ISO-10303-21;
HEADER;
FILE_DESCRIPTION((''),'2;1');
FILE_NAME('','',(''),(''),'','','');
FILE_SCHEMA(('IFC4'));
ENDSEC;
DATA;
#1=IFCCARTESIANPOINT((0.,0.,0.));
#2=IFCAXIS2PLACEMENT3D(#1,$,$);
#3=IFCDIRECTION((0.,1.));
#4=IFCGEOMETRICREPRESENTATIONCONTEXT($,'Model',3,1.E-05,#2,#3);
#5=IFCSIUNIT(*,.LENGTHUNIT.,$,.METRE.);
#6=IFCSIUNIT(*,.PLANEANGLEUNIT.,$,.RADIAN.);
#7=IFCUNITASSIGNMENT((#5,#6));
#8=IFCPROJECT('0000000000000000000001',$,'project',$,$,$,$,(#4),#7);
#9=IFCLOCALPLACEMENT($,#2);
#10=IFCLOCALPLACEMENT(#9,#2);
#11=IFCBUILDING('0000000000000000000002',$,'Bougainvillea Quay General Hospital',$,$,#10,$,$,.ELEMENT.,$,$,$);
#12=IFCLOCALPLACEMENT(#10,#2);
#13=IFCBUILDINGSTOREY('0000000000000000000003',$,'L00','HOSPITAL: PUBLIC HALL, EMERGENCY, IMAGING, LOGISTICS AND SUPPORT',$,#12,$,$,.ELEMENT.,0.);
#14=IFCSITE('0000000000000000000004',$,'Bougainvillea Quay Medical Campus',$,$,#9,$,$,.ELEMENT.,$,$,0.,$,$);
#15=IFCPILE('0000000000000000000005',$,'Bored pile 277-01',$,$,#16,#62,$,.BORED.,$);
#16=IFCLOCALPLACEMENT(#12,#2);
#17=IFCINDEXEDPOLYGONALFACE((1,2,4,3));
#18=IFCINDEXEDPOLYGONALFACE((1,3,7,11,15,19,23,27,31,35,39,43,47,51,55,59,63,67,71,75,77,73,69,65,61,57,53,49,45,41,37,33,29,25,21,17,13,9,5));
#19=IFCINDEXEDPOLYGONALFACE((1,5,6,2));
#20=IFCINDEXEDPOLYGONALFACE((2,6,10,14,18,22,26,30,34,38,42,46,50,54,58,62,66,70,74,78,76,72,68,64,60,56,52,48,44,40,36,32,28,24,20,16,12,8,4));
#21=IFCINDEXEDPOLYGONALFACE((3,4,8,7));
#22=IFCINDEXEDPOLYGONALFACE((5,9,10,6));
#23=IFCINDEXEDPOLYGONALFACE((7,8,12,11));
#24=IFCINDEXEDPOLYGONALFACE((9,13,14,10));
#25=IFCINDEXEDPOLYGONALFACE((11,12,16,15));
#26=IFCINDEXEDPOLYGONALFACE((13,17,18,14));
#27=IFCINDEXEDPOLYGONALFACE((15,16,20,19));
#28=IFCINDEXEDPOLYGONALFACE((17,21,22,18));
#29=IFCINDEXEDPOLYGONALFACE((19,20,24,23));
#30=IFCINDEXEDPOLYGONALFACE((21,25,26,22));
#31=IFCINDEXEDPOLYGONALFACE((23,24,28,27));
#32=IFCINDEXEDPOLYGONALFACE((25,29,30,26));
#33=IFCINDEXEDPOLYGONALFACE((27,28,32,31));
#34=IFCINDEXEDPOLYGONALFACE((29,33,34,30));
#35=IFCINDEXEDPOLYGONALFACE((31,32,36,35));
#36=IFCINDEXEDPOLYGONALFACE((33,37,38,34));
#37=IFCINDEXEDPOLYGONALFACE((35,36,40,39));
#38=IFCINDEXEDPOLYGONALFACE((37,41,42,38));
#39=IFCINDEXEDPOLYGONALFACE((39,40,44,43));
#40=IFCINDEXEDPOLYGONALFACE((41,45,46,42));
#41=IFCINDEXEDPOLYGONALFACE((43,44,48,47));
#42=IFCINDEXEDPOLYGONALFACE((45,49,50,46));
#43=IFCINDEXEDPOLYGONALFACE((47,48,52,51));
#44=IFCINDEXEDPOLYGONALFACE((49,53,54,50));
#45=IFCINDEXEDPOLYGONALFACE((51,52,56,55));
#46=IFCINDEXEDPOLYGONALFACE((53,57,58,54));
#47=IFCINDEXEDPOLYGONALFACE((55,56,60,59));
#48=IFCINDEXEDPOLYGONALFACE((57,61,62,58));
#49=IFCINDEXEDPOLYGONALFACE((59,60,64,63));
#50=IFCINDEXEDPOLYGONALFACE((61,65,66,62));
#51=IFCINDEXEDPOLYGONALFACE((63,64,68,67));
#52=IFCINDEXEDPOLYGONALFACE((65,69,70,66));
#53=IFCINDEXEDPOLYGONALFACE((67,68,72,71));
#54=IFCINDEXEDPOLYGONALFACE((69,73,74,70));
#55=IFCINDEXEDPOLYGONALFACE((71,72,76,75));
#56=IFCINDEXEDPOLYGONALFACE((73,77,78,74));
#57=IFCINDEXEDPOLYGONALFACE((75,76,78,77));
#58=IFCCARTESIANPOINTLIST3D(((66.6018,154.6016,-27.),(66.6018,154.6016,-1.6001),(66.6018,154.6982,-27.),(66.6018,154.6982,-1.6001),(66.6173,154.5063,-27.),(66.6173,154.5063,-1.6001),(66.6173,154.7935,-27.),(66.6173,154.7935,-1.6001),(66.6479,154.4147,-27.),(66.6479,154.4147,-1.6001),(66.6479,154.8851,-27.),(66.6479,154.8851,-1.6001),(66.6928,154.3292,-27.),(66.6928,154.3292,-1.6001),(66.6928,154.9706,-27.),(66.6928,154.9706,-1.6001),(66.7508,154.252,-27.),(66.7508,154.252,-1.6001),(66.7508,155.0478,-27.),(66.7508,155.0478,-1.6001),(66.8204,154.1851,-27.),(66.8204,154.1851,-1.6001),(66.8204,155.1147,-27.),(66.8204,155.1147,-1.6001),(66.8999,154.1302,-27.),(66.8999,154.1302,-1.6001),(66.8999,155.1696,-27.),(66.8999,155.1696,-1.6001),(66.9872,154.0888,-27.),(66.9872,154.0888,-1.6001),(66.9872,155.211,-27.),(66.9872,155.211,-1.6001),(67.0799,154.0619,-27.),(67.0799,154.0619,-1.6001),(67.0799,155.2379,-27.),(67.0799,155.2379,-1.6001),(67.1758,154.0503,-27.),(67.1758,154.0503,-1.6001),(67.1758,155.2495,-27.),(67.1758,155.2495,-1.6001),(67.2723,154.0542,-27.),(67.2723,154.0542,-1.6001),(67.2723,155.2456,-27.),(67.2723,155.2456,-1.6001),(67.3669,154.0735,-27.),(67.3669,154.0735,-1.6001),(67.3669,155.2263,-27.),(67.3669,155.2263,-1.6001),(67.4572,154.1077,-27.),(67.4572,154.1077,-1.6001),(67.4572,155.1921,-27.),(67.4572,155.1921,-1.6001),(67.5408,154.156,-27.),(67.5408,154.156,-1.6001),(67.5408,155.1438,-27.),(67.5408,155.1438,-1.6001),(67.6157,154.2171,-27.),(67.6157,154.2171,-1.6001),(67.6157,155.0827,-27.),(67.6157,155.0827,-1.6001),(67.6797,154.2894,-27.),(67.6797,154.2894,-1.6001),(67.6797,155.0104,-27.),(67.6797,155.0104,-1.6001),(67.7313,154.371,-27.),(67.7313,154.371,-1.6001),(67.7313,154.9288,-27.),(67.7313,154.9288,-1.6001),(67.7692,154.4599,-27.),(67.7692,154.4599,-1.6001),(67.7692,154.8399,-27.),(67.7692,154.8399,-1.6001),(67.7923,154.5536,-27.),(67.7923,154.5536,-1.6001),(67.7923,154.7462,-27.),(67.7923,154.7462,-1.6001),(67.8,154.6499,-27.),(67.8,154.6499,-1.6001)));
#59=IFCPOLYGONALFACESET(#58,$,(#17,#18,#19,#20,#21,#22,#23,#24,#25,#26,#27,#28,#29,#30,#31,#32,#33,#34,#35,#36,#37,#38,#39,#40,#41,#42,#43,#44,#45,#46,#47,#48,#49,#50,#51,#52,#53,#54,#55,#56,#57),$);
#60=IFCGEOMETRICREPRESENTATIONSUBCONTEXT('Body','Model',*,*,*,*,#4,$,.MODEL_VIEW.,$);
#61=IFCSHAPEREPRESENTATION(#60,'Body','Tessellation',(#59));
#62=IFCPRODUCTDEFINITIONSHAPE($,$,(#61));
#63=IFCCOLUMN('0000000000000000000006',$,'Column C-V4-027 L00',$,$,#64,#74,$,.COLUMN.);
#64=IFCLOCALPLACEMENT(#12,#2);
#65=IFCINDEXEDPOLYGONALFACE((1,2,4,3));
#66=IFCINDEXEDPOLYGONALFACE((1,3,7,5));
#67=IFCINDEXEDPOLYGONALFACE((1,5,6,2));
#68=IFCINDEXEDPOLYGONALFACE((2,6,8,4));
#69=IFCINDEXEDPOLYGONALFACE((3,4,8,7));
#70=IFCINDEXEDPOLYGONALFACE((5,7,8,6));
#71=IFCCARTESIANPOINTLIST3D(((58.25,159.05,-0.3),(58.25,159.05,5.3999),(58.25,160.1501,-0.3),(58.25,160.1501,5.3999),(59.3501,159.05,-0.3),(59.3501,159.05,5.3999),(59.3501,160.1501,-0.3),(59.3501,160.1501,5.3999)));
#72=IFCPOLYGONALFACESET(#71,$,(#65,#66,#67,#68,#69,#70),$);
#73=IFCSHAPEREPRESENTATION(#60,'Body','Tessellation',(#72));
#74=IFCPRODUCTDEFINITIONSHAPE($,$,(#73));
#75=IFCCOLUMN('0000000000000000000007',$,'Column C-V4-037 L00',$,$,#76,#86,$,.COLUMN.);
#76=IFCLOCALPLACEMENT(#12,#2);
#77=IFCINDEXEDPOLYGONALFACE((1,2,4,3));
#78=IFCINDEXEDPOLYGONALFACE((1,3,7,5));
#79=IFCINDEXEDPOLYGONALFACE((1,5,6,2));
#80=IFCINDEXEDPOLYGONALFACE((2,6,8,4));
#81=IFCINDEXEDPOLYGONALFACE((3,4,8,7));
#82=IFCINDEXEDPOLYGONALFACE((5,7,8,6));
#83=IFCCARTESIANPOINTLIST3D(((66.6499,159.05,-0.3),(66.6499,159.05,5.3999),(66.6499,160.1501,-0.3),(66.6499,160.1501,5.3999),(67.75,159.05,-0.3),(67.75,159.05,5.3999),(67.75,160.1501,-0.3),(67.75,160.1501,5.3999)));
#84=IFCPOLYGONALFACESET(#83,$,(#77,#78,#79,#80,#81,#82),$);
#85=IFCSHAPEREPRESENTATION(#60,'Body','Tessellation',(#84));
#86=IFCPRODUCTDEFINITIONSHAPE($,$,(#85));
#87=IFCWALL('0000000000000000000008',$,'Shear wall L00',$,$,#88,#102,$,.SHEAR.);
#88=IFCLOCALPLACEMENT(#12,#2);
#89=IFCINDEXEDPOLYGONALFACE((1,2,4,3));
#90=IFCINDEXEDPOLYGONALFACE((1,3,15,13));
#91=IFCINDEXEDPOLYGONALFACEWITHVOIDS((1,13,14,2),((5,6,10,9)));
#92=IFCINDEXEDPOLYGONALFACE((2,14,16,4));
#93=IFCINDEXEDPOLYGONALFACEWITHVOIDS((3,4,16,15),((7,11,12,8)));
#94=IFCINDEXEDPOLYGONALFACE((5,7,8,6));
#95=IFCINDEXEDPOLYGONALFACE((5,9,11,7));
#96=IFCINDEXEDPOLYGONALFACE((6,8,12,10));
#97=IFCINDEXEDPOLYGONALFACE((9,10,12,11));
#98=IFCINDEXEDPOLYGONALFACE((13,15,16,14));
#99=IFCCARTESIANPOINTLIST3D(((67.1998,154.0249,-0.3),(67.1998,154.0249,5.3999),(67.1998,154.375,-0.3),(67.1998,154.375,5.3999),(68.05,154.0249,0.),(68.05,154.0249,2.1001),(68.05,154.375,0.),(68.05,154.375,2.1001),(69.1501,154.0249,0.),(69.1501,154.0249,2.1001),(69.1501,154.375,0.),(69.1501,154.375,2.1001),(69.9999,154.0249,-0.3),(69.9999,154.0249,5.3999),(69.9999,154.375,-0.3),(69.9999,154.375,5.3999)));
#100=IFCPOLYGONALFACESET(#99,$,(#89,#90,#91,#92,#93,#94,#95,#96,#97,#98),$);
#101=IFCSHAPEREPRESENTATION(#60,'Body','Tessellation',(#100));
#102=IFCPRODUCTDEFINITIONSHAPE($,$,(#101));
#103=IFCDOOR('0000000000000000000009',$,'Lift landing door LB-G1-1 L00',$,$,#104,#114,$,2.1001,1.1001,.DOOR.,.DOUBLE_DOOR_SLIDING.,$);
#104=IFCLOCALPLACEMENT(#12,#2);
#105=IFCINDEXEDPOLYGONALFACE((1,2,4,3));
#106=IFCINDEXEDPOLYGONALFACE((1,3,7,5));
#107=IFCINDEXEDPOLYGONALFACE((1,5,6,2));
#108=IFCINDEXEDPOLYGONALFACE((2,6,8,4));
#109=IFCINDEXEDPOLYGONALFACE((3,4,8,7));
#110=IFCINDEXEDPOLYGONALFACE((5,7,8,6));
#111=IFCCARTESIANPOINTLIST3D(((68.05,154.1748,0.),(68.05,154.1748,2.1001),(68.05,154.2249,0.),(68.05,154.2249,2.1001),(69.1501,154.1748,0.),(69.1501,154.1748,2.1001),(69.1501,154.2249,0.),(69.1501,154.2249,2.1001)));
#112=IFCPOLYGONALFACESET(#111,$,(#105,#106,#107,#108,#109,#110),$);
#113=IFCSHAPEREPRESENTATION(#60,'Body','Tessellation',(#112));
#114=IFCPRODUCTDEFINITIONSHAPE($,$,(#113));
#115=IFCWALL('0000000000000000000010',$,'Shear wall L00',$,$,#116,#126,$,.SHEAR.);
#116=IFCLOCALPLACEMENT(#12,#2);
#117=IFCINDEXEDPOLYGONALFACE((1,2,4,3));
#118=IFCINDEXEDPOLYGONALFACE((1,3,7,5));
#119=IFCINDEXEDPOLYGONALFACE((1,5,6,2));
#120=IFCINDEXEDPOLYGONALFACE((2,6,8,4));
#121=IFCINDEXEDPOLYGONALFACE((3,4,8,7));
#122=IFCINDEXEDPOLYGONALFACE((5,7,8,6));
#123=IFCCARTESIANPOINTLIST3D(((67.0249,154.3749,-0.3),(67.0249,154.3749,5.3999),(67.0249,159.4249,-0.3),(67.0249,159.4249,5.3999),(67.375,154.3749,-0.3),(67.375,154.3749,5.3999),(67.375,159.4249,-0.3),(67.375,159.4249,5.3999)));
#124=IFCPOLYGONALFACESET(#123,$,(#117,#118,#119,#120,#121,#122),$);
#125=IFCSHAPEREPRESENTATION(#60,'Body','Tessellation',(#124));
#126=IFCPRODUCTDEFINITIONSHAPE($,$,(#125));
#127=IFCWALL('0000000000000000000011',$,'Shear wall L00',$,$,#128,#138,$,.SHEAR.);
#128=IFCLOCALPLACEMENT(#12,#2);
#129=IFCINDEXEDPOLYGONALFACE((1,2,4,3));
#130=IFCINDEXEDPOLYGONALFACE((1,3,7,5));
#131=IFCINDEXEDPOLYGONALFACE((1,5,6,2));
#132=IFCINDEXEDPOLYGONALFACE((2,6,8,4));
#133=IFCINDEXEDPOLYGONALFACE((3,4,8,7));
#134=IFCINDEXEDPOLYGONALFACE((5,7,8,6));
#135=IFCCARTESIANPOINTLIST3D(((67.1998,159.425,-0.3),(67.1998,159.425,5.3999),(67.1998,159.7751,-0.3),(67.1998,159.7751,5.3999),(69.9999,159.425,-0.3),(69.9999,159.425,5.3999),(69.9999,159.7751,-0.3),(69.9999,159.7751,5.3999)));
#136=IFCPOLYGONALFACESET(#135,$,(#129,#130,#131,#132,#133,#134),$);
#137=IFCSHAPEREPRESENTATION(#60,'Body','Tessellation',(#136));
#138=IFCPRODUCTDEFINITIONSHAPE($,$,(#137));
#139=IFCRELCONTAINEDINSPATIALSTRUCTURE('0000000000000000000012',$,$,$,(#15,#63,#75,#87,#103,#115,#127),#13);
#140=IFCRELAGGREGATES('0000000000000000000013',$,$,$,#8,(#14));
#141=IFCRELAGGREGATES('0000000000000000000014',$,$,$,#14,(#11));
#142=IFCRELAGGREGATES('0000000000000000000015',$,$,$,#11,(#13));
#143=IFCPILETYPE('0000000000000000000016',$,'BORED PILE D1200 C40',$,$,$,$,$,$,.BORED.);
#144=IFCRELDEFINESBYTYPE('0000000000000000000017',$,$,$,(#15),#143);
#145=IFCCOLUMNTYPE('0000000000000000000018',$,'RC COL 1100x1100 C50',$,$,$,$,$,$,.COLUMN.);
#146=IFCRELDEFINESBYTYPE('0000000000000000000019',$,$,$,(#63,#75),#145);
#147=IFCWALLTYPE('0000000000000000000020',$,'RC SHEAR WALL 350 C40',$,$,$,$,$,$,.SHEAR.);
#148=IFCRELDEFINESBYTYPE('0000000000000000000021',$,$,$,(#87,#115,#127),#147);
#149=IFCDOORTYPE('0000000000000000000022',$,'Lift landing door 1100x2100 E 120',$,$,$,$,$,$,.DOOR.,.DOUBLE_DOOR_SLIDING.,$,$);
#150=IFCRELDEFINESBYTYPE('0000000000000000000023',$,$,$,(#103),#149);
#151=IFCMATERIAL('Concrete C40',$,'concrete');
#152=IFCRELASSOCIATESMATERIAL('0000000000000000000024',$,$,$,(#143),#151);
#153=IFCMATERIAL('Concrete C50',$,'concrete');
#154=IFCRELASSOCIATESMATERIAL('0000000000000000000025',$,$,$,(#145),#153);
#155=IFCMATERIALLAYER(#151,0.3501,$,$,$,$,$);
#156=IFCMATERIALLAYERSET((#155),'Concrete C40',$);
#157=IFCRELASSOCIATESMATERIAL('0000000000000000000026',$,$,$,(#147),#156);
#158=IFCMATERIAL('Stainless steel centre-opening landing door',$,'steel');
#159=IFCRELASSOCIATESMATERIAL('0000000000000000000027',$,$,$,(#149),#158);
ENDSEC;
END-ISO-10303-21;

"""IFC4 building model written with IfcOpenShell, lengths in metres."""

from ifc_helpers import new_model, si_unit, direction, frame, frame_2d, origin, origin_2d, place, context, subcontext, project, spatial, rectangle, circle, extrude, material, layer, layer_set, material_profile, profile_set, type_object, element, fill, save


model = new_model("IFC4")

# Units and contexts
model_context = context("Model", 3, precision=1e-05, world=origin(), true_north=direction((0.0, 1.0)))
body_context = subcontext(model_context, "Body", "Model", "MODEL_VIEW")
ifc_project = project(units=[si_unit("LENGTHUNIT", "METRE"), si_unit("PLANEANGLEUNIT", "RADIAN")], contexts=[model_context])

# Site, building, storey
site_placement = place(None, origin())
site = spatial("IfcSite", under=ifc_project, at=site_placement, Name="Bougainvillea Quay Medical Campus", CompositionType="ELEMENT", RefElevation=0.0)
building_placement = place(site_placement, origin())
building = spatial("IfcBuilding", under=site, at=building_placement, Name="Bougainvillea Quay General Hospital", CompositionType="ELEMENT")
storey_placement = place(building_placement, origin())
storey = spatial("IfcBuildingStorey", under=building, at=storey_placement, Name="L00", Description="HOSPITAL: PUBLIC HALL, EMERGENCY, IMAGING, LOGISTICS AND SUPPORT", CompositionType="ELEMENT", Elevation=0.0)

# Pile
ifc_material_1 = material(Name="Concrete C40", Category="concrete")
ifc_material_profile_1 = material_profile(ifc_material_1, circle(Radius=0.6001, at=origin_2d()))
ifc_profile_set_1 = profile_set([ifc_material_profile_1], Name="Concrete C40")
pile_type = type_object("IfcPileType", Name="BORED PILE D1200 C40", PredefinedType="BORED", material=ifc_profile_set_1)
pile_placement = place(storey_placement, frame((67.2, 154.6499, -1.6001), z_axis=(0.0, 0.0, -1.0), x_axis=(1.0, 0.0, 0.0)))
element("IfcPile", 1, at=pile_placement, inside=storey, type_object=pile_type, Name="Bored pile 277-01", PredefinedType="BORED", context=body_context, shape_type="SweptSolid", body=[
    extrude(circle(Radius=0.6001, at=origin_2d()), origin(), (0.0, 0.0, 1.0), 25.3999),
])

# Columns
ifc_material_2 = material(Name="Concrete C50", Category="concrete")
ifc_material_profile_2 = material_profile(ifc_material_2, rectangle(XDim=1.1001, YDim=1.1001, at=origin_2d()))
ifc_profile_set_2 = profile_set([ifc_material_profile_2], Name="Concrete C50")
column_type = type_object("IfcColumnType", Name="RC COL 1100x1100 C50", PredefinedType="COLUMN", material=ifc_profile_set_2)
for number, where, z_axis, x_axis, name in (
    (2, (58.8, 159.6001, -0.3), (0.0, 0.0, 1.0), (1.0, 0.0, 0.0), "Column C-V4-027 L00"),
    (3, (67.2, 159.6001, -0.3), (0.0, 0.0, 1.0), (1.0, 0.0, 0.0), "Column C-V4-037 L00"),
):
    element("IfcColumn", number, at=place(storey_placement, frame(where, z_axis=z_axis, x_axis=x_axis)), inside=storey, type_object=column_type, Name=name, PredefinedType="COLUMN", context=body_context, shape_type="SweptSolid", body=[
        extrude(rectangle(XDim=1.1001, YDim=1.1001, at=origin_2d()), origin(), (0.0, 0.0, 1.0), 5.7),
    ])

# Wall, opening, door
ifc_layer = layer(ifc_material_1, 0.3501)
ifc_layer_set = layer_set([ifc_layer], Name="Concrete C40")
wall_type = type_object("IfcWallType", Name="RC SHEAR WALL 350 C40", PredefinedType="SHEAR", material=ifc_layer_set)
wall_1_placement = place(storey_placement, frame((67.2, 154.2, -0.3), z_axis=(0.0, 0.0, 1.0), x_axis=(1.0, 0.0, 0.0)))
wall_1 = element("IfcWall", 4, at=wall_1_placement, inside=storey, type_object=wall_type, Name="Shear wall L00", PredefinedType="SHEAR", context=body_context, shape_type="SweptSolid", body=[
    extrude(rectangle(XDim=2.8, YDim=0.3501, at=frame_2d((1.3999, 0.0))), origin(), (0.0, 0.0, 1.0), 5.7),
])
opening_placement = place(wall_1_placement, frame((0.8501, 0.0, 0.3)))
opening = element("IfcOpeningElement", 5, at=opening_placement, cuts=wall_1, PredefinedType="OPENING", context=body_context, shape_type="SweptSolid", body=[
    extrude(rectangle(XDim=1.1001, YDim=2.1001, at=frame_2d((0.55, 1.05))), frame((0.0, 0.1851, 0.0), z_axis=(0.0, -1.0, 0.0), x_axis=(1.0, 0.0, 0.0)), (0.0, 0.0, 1.0), 0.3701),
])
ifc_material_3 = material(Name="Stainless steel centre-opening landing door", Category="steel")
door_type = type_object("IfcDoorType", Name="Lift landing door 1100x2100 E 120", OperationType="DOUBLE_DOOR_SLIDING", PredefinedType="DOOR", material=ifc_material_3)
door_placement = place(opening_placement, origin())
door = element("IfcDoor", 6, at=door_placement, inside=storey, type_object=door_type, Name="Lift landing door LB-G1-1 L00", OperationType="DOUBLE_DOOR_SLIDING", OverallHeight=2.1001, OverallWidth=1.1001, PredefinedType="DOOR", context=body_context, shape_type="SweptSolid", body=[
    extrude(rectangle(XDim=1.1001, YDim=2.1001, at=frame_2d((0.55, 1.05))), frame((0.0, 0.0249, 0.0), z_axis=(0.0, -1.0, 0.0), x_axis=(1.0, 0.0, 0.0)), (0.0, 0.0, 1.0), 0.05),
])
fill(opening, door)

# Walls
wall_2_placement = place(storey_placement, frame((67.2, 154.375, -0.3), z_axis=(0.0, 0.0, 1.0), x_axis=(0.0, 1.0, 0.0)))
element("IfcWall", 7, at=wall_2_placement, inside=storey, type_object=wall_type, Name="Shear wall L00", PredefinedType="SHEAR", context=body_context, shape_type="SweptSolid", body=[
    extrude(rectangle(XDim=5.05, YDim=0.3501, at=frame_2d((2.5249, 0.0))), origin(), (0.0, 0.0, 1.0), 5.7),
])
wall_3_placement = place(storey_placement, frame((67.2, 159.6001, -0.3), z_axis=(0.0, 0.0, 1.0), x_axis=(1.0, 0.0, 0.0)))
element("IfcWall", 8, at=wall_3_placement, inside=storey, type_object=wall_type, Name="Shear wall L00", PredefinedType="SHEAR", context=body_context, shape_type="SweptSolid", body=[
    extrude(rectangle(XDim=2.8, YDim=0.3501, at=frame_2d((1.3999, 0.0))), origin(), (0.0, 0.0, 1.0), 5.7),
])

save(model, "model.ifc")
